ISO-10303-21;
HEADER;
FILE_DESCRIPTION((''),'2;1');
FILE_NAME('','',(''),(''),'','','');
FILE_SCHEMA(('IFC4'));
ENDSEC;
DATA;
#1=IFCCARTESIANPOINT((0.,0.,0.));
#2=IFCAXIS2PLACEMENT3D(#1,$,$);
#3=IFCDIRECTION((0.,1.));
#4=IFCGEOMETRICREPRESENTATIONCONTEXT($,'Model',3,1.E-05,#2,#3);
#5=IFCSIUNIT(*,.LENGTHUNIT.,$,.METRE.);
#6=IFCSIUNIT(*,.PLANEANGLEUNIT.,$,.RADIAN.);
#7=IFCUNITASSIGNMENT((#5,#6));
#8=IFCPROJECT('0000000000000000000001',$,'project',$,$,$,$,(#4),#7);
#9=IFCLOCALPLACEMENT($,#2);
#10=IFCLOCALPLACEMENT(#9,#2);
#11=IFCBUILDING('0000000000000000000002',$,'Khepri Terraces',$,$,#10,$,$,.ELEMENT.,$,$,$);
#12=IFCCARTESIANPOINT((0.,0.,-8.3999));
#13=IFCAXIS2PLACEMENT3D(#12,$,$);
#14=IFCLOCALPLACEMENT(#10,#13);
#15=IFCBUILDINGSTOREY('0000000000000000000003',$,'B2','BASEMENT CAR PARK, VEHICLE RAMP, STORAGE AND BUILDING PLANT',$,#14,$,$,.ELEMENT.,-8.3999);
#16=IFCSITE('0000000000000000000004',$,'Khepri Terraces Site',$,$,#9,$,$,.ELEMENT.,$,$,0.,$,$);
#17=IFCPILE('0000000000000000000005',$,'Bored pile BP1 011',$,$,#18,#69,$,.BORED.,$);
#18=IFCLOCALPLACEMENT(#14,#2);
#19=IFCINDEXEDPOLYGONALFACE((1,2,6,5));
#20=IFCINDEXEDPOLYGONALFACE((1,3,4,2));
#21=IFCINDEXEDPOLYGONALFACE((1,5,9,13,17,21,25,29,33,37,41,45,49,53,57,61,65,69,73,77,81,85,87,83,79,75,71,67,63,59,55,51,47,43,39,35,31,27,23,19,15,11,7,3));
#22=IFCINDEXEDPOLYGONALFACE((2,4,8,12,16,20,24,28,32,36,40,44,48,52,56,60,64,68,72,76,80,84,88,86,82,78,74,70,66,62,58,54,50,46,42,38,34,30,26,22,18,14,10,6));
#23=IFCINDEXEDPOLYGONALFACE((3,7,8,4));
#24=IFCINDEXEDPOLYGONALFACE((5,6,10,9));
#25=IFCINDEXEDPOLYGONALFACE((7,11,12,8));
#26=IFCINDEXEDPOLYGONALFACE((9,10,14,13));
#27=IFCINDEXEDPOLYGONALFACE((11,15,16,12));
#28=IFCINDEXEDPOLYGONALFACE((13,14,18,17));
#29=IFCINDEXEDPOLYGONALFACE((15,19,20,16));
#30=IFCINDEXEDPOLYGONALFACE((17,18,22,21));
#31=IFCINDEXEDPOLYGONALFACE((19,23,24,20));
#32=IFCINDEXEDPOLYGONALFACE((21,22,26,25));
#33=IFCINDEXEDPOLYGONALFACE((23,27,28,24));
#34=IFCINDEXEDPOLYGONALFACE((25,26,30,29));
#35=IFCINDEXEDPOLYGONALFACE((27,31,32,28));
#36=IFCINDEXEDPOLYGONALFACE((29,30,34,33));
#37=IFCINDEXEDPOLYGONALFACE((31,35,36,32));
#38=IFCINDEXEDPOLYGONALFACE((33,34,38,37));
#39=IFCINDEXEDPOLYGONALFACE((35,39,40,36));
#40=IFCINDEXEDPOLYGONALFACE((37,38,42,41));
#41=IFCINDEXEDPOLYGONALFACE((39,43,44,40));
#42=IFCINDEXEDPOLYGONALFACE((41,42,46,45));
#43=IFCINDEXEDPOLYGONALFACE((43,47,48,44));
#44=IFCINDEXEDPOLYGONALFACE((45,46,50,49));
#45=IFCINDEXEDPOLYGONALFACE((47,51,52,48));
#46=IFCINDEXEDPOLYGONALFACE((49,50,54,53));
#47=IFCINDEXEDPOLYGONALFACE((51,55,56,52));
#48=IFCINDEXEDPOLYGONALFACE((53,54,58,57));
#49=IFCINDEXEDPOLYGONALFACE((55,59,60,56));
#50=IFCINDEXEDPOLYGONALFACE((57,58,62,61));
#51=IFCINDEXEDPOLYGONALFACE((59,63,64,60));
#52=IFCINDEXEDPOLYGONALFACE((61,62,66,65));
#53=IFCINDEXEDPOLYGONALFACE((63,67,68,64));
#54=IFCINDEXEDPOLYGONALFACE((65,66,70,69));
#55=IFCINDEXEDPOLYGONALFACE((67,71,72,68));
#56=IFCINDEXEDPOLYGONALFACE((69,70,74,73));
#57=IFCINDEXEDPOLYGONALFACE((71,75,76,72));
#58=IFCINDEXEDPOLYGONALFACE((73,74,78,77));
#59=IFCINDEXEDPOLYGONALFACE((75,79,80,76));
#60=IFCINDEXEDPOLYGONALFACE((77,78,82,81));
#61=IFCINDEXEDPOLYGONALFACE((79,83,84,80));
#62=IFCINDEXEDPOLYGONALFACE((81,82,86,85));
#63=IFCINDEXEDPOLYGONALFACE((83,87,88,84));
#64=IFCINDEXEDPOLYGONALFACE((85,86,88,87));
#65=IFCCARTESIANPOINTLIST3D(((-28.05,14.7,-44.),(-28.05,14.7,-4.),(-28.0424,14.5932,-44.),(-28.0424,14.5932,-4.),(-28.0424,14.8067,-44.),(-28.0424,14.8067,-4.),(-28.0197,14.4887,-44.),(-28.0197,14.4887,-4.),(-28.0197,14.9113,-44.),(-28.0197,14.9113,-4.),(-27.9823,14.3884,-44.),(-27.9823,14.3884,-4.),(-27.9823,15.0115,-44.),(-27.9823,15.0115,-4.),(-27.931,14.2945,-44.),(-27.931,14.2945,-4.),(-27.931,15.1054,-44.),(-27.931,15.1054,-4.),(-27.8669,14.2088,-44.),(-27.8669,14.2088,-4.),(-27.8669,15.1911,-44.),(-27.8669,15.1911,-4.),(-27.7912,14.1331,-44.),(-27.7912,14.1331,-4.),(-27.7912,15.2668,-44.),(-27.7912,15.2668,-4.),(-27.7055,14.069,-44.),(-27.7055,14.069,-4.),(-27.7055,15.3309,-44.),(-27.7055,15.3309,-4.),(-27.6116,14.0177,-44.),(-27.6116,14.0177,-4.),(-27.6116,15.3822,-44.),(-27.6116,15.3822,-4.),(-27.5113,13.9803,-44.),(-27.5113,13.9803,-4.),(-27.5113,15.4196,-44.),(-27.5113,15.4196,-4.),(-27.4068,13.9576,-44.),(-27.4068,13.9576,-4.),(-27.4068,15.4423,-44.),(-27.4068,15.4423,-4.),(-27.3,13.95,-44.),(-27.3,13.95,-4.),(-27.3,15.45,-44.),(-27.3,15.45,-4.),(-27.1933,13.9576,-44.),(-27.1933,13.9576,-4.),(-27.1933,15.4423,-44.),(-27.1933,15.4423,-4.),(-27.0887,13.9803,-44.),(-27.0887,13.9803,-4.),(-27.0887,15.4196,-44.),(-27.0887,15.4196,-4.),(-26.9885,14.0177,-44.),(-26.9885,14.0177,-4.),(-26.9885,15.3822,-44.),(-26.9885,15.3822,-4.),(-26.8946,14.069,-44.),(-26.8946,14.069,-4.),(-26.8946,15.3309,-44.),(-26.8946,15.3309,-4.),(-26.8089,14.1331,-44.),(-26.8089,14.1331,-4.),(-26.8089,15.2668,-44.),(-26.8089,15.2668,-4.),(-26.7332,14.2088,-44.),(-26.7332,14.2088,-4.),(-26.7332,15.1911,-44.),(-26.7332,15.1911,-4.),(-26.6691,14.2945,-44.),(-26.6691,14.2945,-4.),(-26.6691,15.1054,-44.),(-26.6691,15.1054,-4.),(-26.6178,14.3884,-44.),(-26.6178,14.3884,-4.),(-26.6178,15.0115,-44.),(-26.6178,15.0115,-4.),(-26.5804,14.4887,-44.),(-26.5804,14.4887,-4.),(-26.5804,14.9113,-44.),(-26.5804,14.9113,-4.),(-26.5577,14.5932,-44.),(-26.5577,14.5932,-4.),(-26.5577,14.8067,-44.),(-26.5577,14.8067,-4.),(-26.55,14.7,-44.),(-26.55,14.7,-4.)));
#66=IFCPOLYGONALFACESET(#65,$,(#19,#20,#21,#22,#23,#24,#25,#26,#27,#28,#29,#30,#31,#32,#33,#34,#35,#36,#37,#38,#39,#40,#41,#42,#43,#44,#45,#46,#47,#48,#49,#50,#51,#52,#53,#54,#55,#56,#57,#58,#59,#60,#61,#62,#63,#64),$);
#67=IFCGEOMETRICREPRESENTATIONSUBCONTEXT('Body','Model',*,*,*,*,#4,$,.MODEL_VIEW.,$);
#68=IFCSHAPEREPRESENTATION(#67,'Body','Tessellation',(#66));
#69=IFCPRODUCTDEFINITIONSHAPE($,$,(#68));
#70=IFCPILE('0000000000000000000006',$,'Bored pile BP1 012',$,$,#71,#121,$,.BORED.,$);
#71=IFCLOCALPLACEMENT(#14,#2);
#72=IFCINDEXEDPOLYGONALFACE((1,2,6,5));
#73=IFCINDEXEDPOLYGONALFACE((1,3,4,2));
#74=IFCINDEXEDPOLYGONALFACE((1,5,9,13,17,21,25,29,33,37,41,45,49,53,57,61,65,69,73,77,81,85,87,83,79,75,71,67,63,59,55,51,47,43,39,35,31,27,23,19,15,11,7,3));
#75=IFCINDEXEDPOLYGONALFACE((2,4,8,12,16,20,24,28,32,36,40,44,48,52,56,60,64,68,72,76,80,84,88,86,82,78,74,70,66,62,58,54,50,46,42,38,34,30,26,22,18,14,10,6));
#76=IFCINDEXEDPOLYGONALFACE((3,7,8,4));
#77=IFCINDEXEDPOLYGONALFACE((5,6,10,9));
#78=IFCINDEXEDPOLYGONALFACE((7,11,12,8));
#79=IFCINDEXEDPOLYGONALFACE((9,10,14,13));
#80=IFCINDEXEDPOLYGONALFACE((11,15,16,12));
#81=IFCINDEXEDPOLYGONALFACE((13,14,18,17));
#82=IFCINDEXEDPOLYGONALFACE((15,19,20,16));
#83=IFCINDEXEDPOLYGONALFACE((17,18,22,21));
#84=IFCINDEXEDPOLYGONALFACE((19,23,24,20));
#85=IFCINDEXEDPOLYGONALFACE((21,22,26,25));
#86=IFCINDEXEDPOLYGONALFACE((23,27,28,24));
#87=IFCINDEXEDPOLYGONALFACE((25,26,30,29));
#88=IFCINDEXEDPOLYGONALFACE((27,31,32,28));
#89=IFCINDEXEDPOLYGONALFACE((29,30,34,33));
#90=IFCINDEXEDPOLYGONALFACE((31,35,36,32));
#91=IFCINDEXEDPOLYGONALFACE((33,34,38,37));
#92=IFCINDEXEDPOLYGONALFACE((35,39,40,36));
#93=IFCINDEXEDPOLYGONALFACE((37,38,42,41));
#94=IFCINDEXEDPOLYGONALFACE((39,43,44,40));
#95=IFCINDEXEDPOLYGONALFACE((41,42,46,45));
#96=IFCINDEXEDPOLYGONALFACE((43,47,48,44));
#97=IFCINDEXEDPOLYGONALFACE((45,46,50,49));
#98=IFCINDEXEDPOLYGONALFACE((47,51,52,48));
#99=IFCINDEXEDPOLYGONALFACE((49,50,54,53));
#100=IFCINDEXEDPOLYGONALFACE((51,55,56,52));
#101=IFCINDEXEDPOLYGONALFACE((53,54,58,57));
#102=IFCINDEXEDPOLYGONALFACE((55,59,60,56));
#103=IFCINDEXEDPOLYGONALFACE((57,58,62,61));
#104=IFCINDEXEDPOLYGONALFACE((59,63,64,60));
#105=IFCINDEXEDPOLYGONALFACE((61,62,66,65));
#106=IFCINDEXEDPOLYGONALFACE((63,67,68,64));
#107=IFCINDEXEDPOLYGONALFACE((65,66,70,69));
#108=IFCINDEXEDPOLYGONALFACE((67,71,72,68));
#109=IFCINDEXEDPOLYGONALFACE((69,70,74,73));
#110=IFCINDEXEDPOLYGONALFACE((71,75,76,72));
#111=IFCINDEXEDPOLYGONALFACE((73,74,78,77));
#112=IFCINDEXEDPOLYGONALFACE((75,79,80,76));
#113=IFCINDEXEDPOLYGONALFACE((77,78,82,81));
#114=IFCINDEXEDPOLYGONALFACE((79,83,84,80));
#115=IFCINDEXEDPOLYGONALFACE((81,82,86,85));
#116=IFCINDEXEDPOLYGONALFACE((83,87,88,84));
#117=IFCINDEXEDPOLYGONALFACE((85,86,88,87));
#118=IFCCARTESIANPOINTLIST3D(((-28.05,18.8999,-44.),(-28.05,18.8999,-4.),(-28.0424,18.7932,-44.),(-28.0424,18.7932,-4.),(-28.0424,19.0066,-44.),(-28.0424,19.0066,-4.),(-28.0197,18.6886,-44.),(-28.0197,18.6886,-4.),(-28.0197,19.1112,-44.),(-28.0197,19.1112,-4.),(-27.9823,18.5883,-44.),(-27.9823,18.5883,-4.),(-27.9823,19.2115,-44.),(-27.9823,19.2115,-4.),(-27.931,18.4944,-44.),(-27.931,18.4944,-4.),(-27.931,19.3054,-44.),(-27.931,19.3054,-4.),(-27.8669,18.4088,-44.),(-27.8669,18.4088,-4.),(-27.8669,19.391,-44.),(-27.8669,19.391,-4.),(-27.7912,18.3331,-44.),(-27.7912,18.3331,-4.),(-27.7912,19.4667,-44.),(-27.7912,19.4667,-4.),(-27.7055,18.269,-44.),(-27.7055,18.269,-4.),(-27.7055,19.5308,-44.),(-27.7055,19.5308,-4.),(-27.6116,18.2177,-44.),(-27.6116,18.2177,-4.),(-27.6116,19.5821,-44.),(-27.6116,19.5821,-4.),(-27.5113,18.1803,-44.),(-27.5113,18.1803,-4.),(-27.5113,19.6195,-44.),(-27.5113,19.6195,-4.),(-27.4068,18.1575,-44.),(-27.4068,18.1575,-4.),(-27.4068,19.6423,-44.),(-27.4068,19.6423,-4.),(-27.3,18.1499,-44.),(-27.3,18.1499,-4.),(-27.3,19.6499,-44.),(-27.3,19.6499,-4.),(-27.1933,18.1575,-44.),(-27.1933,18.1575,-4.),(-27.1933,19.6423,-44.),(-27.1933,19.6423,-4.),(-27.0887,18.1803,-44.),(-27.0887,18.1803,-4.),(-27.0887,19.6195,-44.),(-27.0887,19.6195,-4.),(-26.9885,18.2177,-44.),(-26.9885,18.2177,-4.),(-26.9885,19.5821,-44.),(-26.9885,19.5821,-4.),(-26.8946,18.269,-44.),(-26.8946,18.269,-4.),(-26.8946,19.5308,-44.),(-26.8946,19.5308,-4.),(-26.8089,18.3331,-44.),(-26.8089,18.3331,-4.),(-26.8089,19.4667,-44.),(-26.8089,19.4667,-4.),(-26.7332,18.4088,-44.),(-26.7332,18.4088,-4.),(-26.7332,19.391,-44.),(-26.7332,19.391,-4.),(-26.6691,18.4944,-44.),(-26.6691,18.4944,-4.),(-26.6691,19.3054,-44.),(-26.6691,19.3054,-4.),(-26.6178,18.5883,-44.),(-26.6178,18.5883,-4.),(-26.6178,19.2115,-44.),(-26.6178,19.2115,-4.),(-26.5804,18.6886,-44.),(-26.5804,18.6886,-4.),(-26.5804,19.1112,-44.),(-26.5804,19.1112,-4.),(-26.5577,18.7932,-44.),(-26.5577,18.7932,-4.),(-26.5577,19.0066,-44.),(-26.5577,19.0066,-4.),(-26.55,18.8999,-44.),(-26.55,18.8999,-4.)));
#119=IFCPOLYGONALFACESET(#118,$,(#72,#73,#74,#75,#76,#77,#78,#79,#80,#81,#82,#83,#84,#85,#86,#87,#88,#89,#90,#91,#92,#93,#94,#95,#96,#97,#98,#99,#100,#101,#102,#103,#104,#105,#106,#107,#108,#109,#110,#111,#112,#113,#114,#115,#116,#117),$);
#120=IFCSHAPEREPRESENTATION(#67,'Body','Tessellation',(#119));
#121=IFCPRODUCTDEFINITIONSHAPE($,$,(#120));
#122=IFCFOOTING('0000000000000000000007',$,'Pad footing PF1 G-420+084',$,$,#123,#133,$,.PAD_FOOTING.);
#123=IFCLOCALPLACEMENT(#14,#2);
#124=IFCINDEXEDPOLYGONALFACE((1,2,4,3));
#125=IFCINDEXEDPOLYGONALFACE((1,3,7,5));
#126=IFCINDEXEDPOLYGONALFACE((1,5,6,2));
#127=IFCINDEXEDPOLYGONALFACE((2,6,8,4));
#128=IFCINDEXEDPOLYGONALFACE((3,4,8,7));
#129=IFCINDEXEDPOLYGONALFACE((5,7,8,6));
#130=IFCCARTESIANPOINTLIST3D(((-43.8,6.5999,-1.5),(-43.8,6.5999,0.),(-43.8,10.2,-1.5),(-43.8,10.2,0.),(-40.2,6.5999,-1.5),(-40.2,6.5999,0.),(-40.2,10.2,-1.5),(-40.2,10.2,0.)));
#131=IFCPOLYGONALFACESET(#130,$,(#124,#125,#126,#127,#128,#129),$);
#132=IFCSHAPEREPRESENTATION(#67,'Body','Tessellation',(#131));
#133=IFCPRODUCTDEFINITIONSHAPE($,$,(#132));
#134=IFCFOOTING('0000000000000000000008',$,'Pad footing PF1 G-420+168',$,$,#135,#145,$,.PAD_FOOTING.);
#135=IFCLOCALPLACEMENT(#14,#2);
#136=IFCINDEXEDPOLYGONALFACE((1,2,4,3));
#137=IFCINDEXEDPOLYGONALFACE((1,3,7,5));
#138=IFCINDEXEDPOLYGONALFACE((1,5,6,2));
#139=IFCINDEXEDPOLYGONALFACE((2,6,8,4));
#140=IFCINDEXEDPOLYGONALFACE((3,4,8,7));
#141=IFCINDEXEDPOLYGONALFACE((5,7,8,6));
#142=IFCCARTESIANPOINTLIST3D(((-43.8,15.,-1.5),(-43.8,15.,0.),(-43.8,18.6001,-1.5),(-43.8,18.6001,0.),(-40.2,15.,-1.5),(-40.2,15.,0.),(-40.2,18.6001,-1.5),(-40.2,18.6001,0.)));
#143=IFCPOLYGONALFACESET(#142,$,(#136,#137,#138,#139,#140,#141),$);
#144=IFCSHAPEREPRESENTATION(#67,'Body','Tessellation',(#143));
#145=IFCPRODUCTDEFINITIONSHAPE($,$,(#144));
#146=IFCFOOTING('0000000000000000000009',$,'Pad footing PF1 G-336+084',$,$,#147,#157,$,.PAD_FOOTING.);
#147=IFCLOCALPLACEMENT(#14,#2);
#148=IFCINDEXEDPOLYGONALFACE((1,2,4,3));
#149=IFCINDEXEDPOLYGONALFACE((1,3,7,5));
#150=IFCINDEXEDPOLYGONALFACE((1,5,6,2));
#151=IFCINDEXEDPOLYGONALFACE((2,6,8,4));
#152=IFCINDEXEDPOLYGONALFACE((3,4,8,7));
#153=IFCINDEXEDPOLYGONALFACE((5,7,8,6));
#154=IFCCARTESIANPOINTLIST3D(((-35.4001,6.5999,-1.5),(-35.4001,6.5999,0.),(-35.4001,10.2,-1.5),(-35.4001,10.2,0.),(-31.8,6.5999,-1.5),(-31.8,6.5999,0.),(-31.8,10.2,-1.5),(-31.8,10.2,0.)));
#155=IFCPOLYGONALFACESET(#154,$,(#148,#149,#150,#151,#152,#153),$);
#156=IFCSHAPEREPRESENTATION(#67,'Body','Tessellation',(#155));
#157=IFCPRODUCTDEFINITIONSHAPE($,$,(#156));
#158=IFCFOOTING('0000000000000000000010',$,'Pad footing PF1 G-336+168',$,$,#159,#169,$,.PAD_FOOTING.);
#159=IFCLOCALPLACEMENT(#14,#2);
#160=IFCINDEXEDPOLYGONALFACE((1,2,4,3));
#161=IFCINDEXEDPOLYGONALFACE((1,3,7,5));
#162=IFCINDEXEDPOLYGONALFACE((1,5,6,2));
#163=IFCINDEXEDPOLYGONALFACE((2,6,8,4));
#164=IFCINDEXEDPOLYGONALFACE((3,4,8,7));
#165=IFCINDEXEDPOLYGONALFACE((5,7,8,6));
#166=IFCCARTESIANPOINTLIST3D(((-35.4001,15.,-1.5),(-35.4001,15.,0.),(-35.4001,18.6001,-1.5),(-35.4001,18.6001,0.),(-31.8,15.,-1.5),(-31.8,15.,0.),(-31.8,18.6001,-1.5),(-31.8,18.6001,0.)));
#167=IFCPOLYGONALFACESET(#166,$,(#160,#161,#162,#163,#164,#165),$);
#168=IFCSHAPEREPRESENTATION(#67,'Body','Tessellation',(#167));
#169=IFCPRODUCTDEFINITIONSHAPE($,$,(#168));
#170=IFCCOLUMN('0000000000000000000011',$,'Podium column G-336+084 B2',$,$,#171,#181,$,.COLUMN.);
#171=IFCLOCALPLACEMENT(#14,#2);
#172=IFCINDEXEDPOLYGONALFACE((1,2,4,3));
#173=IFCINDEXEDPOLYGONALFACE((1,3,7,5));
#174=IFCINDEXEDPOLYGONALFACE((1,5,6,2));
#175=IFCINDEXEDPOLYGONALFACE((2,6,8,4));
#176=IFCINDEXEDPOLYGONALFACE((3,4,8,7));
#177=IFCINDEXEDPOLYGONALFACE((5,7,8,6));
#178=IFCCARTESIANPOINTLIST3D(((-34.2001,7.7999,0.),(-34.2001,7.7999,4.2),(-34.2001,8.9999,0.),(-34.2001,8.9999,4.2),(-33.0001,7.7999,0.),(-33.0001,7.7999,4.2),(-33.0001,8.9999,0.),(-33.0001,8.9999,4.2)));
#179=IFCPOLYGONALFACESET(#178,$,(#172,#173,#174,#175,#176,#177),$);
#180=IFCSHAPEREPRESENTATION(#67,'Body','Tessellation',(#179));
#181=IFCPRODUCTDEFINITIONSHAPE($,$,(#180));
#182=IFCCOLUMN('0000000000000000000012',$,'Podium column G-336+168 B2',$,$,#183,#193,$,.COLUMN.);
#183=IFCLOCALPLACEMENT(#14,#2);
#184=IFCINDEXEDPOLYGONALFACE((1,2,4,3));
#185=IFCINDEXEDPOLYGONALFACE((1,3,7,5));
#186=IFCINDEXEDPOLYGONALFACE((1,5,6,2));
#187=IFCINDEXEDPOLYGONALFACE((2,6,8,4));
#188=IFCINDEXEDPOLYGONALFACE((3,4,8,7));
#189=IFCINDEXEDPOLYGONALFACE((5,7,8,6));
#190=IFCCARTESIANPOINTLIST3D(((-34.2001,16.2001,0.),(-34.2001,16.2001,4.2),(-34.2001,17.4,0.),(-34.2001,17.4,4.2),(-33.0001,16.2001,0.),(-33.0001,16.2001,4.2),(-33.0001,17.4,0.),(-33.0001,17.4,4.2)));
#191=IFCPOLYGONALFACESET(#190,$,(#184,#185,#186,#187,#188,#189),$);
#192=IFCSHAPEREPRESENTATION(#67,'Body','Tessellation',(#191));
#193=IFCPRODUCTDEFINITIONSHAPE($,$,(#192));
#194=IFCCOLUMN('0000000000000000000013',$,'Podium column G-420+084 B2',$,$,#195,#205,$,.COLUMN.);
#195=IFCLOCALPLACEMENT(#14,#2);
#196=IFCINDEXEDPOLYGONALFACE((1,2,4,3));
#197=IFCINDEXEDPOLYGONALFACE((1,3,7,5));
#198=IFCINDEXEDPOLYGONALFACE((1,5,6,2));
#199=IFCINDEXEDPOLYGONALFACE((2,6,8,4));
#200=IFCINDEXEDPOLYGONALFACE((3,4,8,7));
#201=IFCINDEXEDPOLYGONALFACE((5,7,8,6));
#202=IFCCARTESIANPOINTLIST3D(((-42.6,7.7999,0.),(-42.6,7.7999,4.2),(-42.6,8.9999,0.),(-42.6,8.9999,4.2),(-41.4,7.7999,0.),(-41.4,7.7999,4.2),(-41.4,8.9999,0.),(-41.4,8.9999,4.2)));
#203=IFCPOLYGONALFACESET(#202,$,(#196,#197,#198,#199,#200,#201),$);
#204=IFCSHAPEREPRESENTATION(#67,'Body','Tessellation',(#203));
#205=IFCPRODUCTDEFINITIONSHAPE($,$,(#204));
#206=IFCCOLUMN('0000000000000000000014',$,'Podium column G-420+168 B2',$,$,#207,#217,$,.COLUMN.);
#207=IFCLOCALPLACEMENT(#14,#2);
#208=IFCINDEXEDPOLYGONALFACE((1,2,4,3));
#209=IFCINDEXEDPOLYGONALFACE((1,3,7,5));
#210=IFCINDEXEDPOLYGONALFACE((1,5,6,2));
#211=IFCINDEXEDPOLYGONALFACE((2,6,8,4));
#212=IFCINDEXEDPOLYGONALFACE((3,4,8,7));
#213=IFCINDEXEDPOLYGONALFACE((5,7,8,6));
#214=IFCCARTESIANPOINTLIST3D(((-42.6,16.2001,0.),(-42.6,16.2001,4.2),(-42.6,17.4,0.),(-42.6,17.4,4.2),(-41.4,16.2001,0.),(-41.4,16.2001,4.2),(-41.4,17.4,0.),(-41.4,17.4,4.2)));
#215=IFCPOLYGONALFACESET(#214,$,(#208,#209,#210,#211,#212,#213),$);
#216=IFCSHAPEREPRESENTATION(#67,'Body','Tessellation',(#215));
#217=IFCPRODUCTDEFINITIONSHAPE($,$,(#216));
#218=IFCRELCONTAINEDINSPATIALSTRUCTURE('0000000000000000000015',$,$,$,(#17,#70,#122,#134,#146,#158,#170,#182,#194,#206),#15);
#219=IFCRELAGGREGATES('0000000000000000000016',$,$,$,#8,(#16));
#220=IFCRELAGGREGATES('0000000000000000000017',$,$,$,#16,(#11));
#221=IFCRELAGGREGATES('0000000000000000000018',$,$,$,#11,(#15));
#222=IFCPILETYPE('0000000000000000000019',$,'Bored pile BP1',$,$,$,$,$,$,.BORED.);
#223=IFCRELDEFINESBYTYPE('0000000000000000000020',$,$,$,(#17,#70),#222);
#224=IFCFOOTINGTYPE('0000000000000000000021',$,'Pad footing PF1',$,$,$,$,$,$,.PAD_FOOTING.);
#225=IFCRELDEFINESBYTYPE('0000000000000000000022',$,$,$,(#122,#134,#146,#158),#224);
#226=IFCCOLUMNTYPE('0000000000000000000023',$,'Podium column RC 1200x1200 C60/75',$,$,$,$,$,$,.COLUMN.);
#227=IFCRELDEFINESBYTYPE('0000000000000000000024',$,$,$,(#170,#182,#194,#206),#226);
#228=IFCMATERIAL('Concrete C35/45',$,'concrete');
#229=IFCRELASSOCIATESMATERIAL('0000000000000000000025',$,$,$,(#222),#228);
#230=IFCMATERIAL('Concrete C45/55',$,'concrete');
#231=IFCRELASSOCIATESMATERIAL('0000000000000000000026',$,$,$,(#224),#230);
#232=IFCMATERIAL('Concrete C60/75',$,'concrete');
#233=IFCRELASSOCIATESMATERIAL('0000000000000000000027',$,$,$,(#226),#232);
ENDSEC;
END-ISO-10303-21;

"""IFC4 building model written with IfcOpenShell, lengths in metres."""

from ifc_helpers import new_model, si_unit, direction, frame, origin, origin_2d, place, context, subcontext, project, spatial, rectangle, circle, extrude, material, material_profile, profile_set, type_object, element, save


model = new_model("IFC4")

# Units and contexts
model_context = context("Model", 3, precision=1e-05, world=origin(), true_north=direction((0.0, 1.0)))
body_context = subcontext(model_context, "Body", "Model", "MODEL_VIEW")
ifc_project = project(units=[si_unit("LENGTHUNIT", "METRE"), si_unit("PLANEANGLEUNIT", "RADIAN")], contexts=[model_context])

# Site, building, storey
site_placement = place(None, origin())
site = spatial("IfcSite", under=ifc_project, at=site_placement, Name="Khepri Terraces Site", CompositionType="ELEMENT", RefElevation=0.0)
building_placement = place(site_placement, origin())
building = spatial("IfcBuilding", under=site, at=building_placement, Name="Khepri Terraces", CompositionType="ELEMENT")
storey_placement = place(building_placement, frame((0.0, 0.0, -8.3999)))
storey = spatial("IfcBuildingStorey", under=building, at=storey_placement, Name="B2", Description="BASEMENT CAR PARK, VEHICLE RAMP, STORAGE AND BUILDING PLANT", CompositionType="ELEMENT", Elevation=-8.3999)

# Piles
ifc_material_1 = material(Name="Concrete C35/45", Category="concrete")
ifc_material_profile_1 = material_profile(ifc_material_1, circle(Radius=0.75, at=origin_2d()), Name="Concrete C35/45", Category="concrete")
ifc_profile_set_1 = profile_set([ifc_material_profile_1], Name="Concrete C35/45")
pile_type = type_object("IfcPileType", Name="Bored pile BP1", PredefinedType="BORED", material=ifc_profile_set_1)
for number, where, z_axis, x_axis, name in (
    (1, (-27.3, 14.7, -4.0), (0.0, 0.0, -1.0), (1.0, 0.0, 0.0), "Bored pile BP1 011"),
    (2, (-27.3, 18.8999, -4.0), (0.0, 0.0, -1.0), (1.0, 0.0, 0.0), "Bored pile BP1 012"),
):
    element("IfcPile", number, at=place(storey_placement, frame(where, z_axis=z_axis, x_axis=x_axis)), inside=storey, type_object=pile_type, Name=name, PredefinedType="BORED", context=body_context, shape_type="SweptSolid", body=[
        extrude(circle(Radius=0.75, at=origin_2d()), origin(), (0.0, 0.0, 1.0), 40.0),
    ])

# Footings
ifc_material_2 = material(Name="Concrete C45/55", Category="concrete")
footing_type = type_object("IfcFootingType", Name="Pad footing PF1", PredefinedType="PAD_FOOTING", material=ifc_material_2)
for number, where, z_axis, x_axis, name in (
    (3, (-42.0, 8.3999, -1.5), (0.0, 0.0, 1.0), (1.0, 0.0, 0.0), "Pad footing PF1 G-420+084"),
    (4, (-42.0, 16.8, -1.5), (0.0, 0.0, 1.0), (1.0, 0.0, 0.0), "Pad footing PF1 G-420+168"),
    (5, (-33.6001, 8.3999, -1.5), (0.0, 0.0, 1.0), (1.0, 0.0, 0.0), "Pad footing PF1 G-336+084"),
    (6, (-33.6001, 16.8, -1.5), (0.0, 0.0, 1.0), (1.0, 0.0, 0.0), "Pad footing PF1 G-336+168"),
):
    element("IfcFooting", number, at=place(storey_placement, frame(where, z_axis=z_axis, x_axis=x_axis)), inside=storey, type_object=footing_type, Name=name, PredefinedType="PAD_FOOTING", context=body_context, shape_type="SweptSolid", body=[
        extrude(rectangle(XDim=3.6001, YDim=3.6001, at=origin_2d()), origin(), (0.0, 0.0, 1.0), 1.5),
    ])

# Columns
ifc_material_3 = material(Name="Concrete C60/75", Category="concrete")
ifc_material_profile_2 = material_profile(ifc_material_3, rectangle(XDim=1.2, YDim=1.2, at=origin_2d()), Name="Concrete C60/75", Category="concrete")
ifc_profile_set_2 = profile_set([ifc_material_profile_2], Name="Concrete C60/75")
column_type_1 = type_object("IfcColumnType", Name="Podium column RC 1200x1200 C60/75", PredefinedType="COLUMN", material=ifc_profile_set_2)
for number, where, z_axis, x_axis, name in (
    (7, (-33.6001, 8.3999, 0.0), (0.0, 0.0, 1.0), (1.0, 0.0, 0.0), "Podium column G-336+084 B2"),
    (8, (-33.6001, 16.8, 0.0), (0.0, 0.0, 1.0), (1.0, 0.0, 0.0), "Podium column G-336+168 B2"),
    (9, (-42.0, 8.3999, 0.0), (0.0, 0.0, 1.0), (1.0, 0.0, 0.0), "Podium column G-420+084 B2"),
    (10, (-42.0, 16.8, 0.0), (0.0, 0.0, 1.0), (1.0, 0.0, 0.0), "Podium column G-420+168 B2"),
):
    element("IfcColumn", number, at=place(storey_placement, frame(where, z_axis=z_axis, x_axis=x_axis)), inside=storey, type_object=column_type_1, Name=name, PredefinedType="COLUMN", context=body_context, shape_type="SweptSolid", body=[
        extrude(rectangle(XDim=1.2, YDim=1.2, at=origin_2d()), origin(), (0.0, 0.0, 1.0), 4.2),
    ])

save(model, "model.ifc")
